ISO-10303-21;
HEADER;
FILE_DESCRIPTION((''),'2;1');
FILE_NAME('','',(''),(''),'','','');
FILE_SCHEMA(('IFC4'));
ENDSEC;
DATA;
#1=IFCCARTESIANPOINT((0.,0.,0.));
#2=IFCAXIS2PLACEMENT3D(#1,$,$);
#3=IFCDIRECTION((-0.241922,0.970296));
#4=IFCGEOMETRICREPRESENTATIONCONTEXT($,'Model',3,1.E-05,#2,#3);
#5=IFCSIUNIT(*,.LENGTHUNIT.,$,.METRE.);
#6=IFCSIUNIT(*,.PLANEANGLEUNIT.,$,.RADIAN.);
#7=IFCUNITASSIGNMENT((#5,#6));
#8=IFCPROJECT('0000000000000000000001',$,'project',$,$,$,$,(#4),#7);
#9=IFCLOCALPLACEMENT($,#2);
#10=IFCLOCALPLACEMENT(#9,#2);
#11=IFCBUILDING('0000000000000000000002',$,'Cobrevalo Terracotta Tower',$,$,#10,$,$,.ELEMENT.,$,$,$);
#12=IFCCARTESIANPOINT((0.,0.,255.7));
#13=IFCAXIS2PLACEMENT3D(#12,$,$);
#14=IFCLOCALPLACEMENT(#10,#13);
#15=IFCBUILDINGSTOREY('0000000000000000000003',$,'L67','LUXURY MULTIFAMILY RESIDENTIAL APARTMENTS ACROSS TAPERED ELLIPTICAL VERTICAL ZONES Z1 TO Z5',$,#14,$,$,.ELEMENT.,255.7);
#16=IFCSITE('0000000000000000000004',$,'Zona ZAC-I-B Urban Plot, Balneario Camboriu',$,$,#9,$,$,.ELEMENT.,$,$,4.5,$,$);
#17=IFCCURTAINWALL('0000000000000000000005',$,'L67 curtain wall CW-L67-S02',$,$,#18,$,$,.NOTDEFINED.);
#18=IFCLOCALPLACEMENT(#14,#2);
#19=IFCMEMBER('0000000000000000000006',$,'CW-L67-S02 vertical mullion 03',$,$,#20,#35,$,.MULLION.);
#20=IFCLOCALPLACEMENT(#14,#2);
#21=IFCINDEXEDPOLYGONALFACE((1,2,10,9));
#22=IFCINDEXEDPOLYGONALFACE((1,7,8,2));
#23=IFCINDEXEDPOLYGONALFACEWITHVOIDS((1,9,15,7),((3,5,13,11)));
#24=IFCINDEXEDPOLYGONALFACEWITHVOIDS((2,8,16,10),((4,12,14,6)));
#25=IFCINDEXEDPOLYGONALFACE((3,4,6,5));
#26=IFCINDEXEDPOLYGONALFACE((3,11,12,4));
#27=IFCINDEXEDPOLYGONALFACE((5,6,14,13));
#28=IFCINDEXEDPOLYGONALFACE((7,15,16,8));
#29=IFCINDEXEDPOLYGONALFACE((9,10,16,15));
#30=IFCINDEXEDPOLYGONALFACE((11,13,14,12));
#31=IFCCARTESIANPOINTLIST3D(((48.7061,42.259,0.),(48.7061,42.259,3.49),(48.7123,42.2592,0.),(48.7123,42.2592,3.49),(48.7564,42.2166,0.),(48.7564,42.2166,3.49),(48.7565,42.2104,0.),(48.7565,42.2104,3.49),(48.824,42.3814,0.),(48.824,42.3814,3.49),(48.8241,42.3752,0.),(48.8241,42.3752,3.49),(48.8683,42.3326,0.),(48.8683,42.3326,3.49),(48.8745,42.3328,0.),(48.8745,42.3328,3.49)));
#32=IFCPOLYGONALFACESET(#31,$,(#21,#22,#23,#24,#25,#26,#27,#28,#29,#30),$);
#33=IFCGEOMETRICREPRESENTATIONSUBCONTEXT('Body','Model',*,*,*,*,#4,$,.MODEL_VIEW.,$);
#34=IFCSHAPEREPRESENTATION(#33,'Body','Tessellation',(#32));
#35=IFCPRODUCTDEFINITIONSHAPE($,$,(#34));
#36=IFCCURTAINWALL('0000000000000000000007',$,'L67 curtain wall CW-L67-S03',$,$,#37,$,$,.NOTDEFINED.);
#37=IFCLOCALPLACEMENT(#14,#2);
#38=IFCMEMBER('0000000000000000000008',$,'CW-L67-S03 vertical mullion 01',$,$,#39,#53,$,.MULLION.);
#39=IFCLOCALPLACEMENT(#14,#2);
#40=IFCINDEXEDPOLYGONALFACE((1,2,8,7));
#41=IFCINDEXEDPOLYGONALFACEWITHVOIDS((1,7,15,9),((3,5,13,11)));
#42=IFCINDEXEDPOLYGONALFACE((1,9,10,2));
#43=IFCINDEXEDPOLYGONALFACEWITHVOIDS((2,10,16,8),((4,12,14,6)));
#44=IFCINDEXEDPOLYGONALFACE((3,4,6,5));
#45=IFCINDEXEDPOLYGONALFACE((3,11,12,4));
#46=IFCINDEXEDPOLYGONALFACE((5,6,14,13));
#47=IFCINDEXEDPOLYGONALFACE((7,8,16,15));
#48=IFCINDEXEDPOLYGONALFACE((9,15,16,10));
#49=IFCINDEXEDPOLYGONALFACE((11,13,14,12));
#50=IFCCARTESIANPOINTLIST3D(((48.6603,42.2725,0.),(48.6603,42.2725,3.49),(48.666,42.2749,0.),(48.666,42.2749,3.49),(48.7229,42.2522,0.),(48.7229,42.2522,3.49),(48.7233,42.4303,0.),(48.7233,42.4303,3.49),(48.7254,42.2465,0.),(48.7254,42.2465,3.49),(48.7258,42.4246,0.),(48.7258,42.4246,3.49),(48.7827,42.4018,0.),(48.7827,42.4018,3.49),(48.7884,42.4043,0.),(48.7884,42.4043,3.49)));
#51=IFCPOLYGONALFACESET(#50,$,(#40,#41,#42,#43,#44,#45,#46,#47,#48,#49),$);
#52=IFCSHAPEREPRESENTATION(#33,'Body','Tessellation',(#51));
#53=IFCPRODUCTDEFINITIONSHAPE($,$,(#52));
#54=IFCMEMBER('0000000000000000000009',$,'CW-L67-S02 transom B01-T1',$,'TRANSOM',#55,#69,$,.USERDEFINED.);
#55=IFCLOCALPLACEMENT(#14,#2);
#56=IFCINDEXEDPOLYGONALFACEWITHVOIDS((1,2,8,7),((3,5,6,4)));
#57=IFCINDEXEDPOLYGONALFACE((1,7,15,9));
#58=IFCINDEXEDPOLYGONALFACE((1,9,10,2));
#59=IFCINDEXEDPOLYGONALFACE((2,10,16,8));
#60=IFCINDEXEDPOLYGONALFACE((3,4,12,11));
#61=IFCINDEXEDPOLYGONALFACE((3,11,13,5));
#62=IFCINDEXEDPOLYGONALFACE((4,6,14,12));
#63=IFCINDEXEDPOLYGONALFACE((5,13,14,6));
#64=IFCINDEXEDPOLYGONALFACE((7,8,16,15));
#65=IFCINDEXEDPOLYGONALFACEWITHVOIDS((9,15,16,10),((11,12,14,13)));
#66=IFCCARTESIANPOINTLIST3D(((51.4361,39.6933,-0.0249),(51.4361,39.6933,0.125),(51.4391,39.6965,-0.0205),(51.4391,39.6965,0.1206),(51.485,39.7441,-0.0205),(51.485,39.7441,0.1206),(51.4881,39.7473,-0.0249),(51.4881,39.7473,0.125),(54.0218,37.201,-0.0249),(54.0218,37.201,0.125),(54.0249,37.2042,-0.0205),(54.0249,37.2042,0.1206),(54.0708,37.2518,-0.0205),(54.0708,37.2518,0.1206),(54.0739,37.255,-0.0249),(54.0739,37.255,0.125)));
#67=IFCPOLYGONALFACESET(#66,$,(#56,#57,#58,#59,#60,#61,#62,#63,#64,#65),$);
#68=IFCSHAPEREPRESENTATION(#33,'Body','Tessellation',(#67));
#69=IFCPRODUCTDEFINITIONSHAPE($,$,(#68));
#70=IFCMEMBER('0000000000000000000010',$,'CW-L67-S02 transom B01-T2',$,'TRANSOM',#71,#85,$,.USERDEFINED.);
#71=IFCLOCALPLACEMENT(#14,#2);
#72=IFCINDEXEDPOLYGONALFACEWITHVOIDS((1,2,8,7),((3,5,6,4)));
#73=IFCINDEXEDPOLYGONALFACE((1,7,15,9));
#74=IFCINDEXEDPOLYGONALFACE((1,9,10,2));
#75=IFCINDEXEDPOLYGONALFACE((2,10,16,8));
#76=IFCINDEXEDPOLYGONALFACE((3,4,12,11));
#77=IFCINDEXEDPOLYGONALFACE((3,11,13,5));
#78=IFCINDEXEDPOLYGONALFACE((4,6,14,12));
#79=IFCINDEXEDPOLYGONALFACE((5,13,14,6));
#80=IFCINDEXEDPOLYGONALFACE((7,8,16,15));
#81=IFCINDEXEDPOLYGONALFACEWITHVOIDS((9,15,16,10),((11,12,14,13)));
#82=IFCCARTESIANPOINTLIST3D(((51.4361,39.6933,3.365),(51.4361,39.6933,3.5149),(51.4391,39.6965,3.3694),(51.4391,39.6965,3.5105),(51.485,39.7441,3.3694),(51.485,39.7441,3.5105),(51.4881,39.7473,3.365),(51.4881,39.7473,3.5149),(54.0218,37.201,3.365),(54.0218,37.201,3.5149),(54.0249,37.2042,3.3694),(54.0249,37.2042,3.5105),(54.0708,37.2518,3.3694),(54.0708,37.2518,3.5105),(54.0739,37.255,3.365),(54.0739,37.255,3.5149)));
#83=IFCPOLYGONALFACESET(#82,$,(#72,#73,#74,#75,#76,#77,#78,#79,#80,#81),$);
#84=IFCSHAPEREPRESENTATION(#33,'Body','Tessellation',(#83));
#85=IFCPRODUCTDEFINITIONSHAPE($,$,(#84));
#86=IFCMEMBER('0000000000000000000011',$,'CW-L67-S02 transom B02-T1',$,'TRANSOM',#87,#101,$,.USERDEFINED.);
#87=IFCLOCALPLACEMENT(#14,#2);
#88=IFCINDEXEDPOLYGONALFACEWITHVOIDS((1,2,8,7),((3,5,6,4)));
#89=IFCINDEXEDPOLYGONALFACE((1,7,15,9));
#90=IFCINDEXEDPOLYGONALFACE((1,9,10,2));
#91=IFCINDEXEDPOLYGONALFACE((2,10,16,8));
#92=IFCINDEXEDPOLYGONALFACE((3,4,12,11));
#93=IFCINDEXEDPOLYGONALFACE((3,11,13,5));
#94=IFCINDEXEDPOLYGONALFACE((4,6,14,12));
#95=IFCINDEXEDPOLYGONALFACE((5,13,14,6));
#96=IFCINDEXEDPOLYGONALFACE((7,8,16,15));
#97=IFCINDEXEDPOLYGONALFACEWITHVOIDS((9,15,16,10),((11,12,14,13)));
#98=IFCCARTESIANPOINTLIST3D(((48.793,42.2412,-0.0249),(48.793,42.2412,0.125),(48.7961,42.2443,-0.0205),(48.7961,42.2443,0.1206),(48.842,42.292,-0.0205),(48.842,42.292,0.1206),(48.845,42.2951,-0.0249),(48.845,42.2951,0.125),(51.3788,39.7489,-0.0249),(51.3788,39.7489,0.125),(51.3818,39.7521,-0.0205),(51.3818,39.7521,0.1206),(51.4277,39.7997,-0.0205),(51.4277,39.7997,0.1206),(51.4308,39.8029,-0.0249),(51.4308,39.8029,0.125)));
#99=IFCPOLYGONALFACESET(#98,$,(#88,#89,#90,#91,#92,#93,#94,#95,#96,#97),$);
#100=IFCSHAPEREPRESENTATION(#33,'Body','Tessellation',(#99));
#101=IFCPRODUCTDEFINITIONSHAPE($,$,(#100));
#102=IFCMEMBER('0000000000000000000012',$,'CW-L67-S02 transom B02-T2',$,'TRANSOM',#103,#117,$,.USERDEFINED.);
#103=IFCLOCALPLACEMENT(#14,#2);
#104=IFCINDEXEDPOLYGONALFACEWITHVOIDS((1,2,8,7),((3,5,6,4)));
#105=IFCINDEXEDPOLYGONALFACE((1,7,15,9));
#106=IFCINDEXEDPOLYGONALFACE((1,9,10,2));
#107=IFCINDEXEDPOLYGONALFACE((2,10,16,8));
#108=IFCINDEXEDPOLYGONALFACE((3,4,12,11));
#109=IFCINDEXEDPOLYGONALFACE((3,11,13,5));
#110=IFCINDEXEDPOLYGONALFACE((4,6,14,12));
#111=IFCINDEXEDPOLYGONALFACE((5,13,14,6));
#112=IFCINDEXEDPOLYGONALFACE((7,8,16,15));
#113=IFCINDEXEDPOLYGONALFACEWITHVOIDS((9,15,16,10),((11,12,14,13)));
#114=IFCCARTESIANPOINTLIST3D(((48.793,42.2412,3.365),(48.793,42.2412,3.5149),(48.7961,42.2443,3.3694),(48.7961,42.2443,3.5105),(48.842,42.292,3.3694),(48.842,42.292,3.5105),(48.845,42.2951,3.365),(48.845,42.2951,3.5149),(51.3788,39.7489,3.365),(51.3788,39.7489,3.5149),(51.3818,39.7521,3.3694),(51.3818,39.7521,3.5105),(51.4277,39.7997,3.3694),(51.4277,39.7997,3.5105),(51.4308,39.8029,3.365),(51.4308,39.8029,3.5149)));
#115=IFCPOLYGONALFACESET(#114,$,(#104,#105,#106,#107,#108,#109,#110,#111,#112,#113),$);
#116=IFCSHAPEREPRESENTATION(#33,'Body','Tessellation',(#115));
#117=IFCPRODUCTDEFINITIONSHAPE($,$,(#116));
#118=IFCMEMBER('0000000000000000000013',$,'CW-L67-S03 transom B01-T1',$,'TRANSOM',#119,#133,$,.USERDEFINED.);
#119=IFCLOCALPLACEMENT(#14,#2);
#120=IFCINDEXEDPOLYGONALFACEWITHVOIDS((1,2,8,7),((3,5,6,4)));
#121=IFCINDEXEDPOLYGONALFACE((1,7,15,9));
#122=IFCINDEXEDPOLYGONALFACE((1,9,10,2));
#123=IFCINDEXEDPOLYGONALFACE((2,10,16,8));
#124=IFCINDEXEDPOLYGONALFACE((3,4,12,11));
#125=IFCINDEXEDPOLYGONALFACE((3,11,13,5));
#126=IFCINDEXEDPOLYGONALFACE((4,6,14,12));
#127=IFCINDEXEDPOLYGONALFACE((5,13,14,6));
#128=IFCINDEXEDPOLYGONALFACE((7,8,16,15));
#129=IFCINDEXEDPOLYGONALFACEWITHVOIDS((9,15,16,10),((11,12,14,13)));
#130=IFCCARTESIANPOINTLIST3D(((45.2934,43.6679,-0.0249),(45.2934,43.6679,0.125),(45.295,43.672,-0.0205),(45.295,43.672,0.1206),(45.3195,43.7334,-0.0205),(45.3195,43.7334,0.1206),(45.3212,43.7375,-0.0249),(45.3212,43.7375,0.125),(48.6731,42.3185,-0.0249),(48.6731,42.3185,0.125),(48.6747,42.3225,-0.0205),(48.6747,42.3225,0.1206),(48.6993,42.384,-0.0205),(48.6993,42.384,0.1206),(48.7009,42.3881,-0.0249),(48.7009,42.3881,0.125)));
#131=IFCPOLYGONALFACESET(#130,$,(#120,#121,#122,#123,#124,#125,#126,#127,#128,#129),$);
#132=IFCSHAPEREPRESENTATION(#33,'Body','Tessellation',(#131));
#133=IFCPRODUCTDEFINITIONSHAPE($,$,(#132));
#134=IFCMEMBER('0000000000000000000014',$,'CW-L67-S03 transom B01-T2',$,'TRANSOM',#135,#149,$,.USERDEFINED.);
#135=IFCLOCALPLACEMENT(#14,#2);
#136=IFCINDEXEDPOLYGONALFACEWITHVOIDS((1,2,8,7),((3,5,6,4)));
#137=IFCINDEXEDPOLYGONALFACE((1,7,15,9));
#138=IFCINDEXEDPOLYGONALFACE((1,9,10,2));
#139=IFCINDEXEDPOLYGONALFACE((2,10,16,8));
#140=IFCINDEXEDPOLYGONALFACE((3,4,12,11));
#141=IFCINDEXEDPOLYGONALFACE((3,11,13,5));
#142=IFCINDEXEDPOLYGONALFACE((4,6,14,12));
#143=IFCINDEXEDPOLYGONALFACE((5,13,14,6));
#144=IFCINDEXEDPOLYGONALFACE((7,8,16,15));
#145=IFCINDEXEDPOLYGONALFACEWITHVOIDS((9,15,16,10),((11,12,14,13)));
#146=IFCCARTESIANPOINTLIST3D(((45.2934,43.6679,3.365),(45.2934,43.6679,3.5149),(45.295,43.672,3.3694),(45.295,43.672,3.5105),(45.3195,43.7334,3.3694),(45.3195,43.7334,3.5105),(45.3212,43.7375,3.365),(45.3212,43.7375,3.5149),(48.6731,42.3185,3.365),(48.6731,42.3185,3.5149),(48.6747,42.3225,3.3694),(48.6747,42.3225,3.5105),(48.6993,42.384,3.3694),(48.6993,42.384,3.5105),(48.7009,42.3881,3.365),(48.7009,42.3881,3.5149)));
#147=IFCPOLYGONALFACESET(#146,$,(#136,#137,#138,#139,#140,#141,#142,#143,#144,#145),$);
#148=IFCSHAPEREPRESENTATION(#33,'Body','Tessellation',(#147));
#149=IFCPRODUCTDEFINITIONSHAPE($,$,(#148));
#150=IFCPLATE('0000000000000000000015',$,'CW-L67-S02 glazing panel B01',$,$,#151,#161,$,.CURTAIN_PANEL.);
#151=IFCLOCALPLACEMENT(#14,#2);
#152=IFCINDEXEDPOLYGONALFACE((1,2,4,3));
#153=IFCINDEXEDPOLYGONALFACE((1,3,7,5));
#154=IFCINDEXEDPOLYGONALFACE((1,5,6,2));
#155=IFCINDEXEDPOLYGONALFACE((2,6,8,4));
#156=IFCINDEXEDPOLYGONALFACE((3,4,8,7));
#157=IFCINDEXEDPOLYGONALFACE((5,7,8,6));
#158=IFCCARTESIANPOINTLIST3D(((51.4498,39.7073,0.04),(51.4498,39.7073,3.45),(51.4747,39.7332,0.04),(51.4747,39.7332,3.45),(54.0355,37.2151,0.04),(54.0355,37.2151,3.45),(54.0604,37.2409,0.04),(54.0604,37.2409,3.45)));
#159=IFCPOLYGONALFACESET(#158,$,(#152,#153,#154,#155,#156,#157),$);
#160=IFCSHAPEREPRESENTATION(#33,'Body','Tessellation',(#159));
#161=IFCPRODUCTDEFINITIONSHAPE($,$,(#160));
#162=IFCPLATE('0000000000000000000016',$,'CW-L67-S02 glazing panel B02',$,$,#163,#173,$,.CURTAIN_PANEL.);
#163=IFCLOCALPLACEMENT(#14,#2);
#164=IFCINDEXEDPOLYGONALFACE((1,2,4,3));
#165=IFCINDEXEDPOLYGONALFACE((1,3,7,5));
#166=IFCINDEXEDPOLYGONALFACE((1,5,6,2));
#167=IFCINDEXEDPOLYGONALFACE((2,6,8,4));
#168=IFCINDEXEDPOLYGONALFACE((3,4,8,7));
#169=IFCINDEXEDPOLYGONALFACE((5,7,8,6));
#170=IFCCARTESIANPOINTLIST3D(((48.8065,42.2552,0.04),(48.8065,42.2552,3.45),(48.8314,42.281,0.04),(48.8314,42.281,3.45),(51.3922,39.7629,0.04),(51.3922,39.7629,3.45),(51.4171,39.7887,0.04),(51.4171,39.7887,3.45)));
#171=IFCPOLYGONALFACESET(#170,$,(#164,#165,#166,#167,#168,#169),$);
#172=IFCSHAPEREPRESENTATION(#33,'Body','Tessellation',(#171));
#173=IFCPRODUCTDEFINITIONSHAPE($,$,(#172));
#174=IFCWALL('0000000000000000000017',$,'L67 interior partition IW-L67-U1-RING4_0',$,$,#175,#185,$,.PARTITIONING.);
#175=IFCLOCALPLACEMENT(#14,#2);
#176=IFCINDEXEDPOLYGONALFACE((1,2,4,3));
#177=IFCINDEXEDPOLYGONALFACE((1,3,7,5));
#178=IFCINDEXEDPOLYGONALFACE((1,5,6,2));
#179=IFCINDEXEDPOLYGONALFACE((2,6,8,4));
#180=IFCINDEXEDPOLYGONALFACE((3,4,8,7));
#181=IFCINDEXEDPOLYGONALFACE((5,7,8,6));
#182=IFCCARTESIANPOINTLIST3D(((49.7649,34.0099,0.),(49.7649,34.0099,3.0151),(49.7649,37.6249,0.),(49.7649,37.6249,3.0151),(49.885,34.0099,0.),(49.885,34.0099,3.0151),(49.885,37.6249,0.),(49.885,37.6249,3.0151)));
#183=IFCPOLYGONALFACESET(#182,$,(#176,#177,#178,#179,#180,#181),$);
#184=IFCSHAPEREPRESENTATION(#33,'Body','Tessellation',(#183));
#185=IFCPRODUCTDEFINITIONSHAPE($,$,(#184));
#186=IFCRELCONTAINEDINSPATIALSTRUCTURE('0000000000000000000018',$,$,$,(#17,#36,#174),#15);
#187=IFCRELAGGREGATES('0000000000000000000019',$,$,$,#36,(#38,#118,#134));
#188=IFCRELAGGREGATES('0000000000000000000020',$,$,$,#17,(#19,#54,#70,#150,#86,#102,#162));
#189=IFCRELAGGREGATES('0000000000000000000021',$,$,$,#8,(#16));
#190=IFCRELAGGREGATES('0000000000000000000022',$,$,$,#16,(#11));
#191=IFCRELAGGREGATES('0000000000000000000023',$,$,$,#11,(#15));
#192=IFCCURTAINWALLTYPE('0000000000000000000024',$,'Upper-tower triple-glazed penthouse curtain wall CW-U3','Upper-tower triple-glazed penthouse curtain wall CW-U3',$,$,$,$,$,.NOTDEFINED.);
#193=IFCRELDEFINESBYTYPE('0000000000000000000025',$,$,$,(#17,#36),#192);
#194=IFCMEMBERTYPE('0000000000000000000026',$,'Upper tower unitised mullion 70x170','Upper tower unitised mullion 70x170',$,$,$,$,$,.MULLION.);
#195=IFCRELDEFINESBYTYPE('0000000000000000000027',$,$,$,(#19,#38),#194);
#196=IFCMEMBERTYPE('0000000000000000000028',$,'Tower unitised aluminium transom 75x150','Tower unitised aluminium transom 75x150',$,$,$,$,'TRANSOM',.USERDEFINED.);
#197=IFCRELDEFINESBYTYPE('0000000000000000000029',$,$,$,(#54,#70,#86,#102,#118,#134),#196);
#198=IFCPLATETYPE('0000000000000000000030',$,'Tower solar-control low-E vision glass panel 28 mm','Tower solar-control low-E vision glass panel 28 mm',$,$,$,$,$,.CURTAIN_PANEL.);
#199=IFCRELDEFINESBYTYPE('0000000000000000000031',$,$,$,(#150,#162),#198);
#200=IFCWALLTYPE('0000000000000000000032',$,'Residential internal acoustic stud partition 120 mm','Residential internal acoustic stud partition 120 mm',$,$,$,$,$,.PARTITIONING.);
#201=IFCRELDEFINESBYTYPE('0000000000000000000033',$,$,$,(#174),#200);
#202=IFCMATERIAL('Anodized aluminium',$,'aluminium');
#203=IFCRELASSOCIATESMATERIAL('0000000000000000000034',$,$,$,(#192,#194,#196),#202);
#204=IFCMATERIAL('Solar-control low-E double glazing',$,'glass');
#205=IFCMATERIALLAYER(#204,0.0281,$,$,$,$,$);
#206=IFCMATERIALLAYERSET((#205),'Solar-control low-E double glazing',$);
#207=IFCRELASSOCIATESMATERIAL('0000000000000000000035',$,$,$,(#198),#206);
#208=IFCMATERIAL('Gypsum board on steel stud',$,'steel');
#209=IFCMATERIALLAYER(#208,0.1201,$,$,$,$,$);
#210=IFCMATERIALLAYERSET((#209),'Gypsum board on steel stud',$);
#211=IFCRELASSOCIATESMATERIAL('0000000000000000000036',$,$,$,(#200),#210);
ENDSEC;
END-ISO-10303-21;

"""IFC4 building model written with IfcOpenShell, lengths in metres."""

from ifc_helpers import new_model, si_unit, direction, frame, frame_2d, origin, origin_2d, place, context, subcontext, project, spatial, rectangle, hollow_rectangle, extrude, source, transform, mapped, material, layer, layer_set, material_profile, profile_set, type_object, element, aggregate, save


model = new_model("IFC4")

# Units and contexts
model_context = context("Model", 3, precision=1e-05, world=origin(), true_north=direction((-0.241922, 0.970296)))
body_context = subcontext(model_context, "Body", "Model", "MODEL_VIEW")
ifc_project = project(units=[si_unit("LENGTHUNIT", "METRE"), si_unit("PLANEANGLEUNIT", "RADIAN")], contexts=[model_context])

# Site, building, storey
site_placement = place(None, origin())
site = spatial("IfcSite", under=ifc_project, at=site_placement, Name="Zona ZAC-I-B Urban Plot, Balneario Camboriu", CompositionType="ELEMENT", RefElevation=4.5)
building_placement = place(site_placement, origin())
building = spatial("IfcBuilding", under=site, at=building_placement, Name="Cobrevalo Terracotta Tower", CompositionType="ELEMENT")
storey_placement = place(building_placement, frame((0.0, 0.0, 255.7)))
storey = spatial("IfcBuildingStorey", under=building, at=storey_placement, Name="L67", Description="LUXURY MULTIFAMILY RESIDENTIAL APARTMENTS ACROSS TAPERED ELLIPTICAL VERTICAL ZONES Z1 TO Z5", CompositionType="ELEMENT", Elevation=255.7)

# Curtain wall, member
ifc_material_1 = material(Name="Anodized aluminium", Category="aluminium")
curtain_wall_type = type_object("IfcCurtainWallType", Name="Upper-tower triple-glazed penthouse curtain wall CW-U3", Description="Upper-tower triple-glazed penthouse curtain wall CW-U3", PredefinedType="NOTDEFINED", material=ifc_material_1)
curtain_wall_1_placement = place(storey_placement, origin())
curtain_wall_1 = element("IfcCurtainWall", 1, at=curtain_wall_1_placement, inside=storey, type_object=curtain_wall_type, Name="L67 curtain wall CW-L67-S02", PredefinedType="NOTDEFINED")
ifc_material_profile_1 = material_profile(ifc_material_1, hollow_rectangle(XDim=0.0701, YDim=0.1699, WallThickness=0.0044, at=origin_2d()), Name="CWM 70x170")
ifc_profile_set_1 = profile_set([ifc_material_profile_1], Name="Anodized aluminium")
member_type_1 = type_object("IfcMemberType", Name="Upper tower unitised mullion 70x170", Description="Upper tower unitised mullion 70x170", PredefinedType="MULLION", material=ifc_profile_set_1)
shared_shape_1 = source(origin(), body_context, "Body", "SweptSolid", [
    extrude(hollow_rectangle(XDim=0.0701, YDim=0.1699, WallThickness=0.0044, at=origin_2d()), origin(), (0.0, 0.0, 1.0), 3.49),
])
member_1_placement = place(storey_placement, frame((48.7903, 42.2959, 0.0), z_axis=(0.0, 0.0, 1.0), x_axis=(-0.719994, 0.69398, 0.0)))
member_1 = element("IfcMember", 2, at=member_1_placement, type_object=member_type_1, Name="CW-L67-S02 vertical mullion 03", PredefinedType="MULLION", context=body_context, shape_type="MappedRepresentation", body=[
    mapped(shared_shape_1, transform((0.0, 0.0, 0.0), scale=1.0)),
])

# Curtain wall, member
curtain_wall_2_placement = place(storey_placement, origin())
curtain_wall_2 = element("IfcCurtainWall", 3, at=curtain_wall_2_placement, inside=storey, type_object=curtain_wall_type, Name="L67 curtain wall CW-L67-S03", PredefinedType="NOTDEFINED")
member_2_placement = place(storey_placement, frame((48.7244, 42.3384, 0.0), z_axis=(0.0, 0.0, 1.0), x_axis=(-0.928719, 0.370784, 0.0)))
member_2 = element("IfcMember", 4, at=member_2_placement, type_object=member_type_1, Name="CW-L67-S03 vertical mullion 01", PredefinedType="MULLION", context=body_context, shape_type="MappedRepresentation", body=[
    mapped(shared_shape_1, transform((0.0, 0.0, 0.0), scale=1.0)),
])

# Members
ifc_material_profile_2 = material_profile(ifc_material_1, hollow_rectangle(XDim=0.075, YDim=0.1499, WallThickness=0.0044, at=origin_2d()), Name="CWT 75x150")
ifc_profile_set_2 = profile_set([ifc_material_profile_2], Name="Anodized aluminium")
member_type_2 = type_object("IfcMemberType", Name="Tower unitised aluminium transom 75x150", Description="Tower unitised aluminium transom 75x150", ElementType="TRANSOM", PredefinedType="USERDEFINED", material=ifc_profile_set_2)
shared_shape_2 = source(origin(), body_context, "Body", "SweptSolid", [
    extrude(hollow_rectangle(XDim=0.075, YDim=0.1499, WallThickness=0.0044, at=origin_2d()), origin(), (0.0, 0.0, 1.0), 3.5913),
])
member_3_placement = place(storey_placement, frame((54.0479, 37.228, 0.05), z_axis=(-0.720006, 0.693968, 0.0), x_axis=(-0.693968, -0.720006, 0.0)))
member_3 = element("IfcMember", 5, at=member_3_placement, type_object=member_type_2, Name="CW-L67-S02 transom B01-T1", ObjectType="TRANSOM", PredefinedType="USERDEFINED", context=body_context, shape_type="MappedRepresentation", body=[
    mapped(shared_shape_2, transform((0.0, 0.0, 0.0), scale=1.0)),
])
member_4_placement = place(storey_placement, frame((54.0479, 37.228, 3.4399), z_axis=(-0.720006, 0.693968, 0.0), x_axis=(-0.693968, -0.720006, 0.0)))
member_4 = element("IfcMember", 6, at=member_4_placement, type_object=member_type_2, Name="CW-L67-S02 transom B01-T2", ObjectType="TRANSOM", PredefinedType="USERDEFINED", context=body_context, shape_type="MappedRepresentation", body=[
    mapped(shared_shape_2, transform((0.0, 0.0, 0.0), scale=1.0)),
])
member_5_placement = place(storey_placement, frame((51.4048, 39.7759, 0.05), z_axis=(-0.720006, 0.693968, 0.0), x_axis=(-0.693968, -0.720006, 0.0)))
member_5 = element("IfcMember", 7, at=member_5_placement, type_object=member_type_2, Name="CW-L67-S02 transom B02-T1", ObjectType="TRANSOM", PredefinedType="USERDEFINED", context=body_context, shape_type="MappedRepresentation", body=[
    mapped(shared_shape_2, transform((0.0, 0.0, 0.0), scale=1.0)),
])
member_6_placement = place(storey_placement, frame((51.4048, 39.7759, 3.4399), z_axis=(-0.720006, 0.693968, 0.0), x_axis=(-0.693968, -0.720006, 0.0)))
member_6 = element("IfcMember", 8, at=member_6_placement, type_object=member_type_2, Name="CW-L67-S02 transom B02-T2", ObjectType="TRANSOM", PredefinedType="USERDEFINED", context=body_context, shape_type="MappedRepresentation", body=[
    mapped(shared_shape_2, transform((0.0, 0.0, 0.0), scale=1.0)),
])
shared_shape_3 = source(origin(), body_context, "Body", "SweptSolid", [
    extrude(hollow_rectangle(XDim=0.075, YDim=0.1499, WallThickness=0.0044, at=origin_2d()), origin(), (0.0, 0.0, 1.0), 3.6392),
])
member_7_placement = place(storey_placement, frame((48.687, 42.3533, 0.05), z_axis=(-0.928712, 0.370801, 0.0), x_axis=(-0.370801, -0.928712, 0.0)))
member_7 = element("IfcMember", 9, at=member_7_placement, type_object=member_type_2, Name="CW-L67-S03 transom B01-T1", ObjectType="TRANSOM", PredefinedType="USERDEFINED", context=body_context, shape_type="MappedRepresentation", body=[
    mapped(shared_shape_3, transform((0.0, 0.0, 0.0), scale=1.0)),
])
member_8_placement = place(storey_placement, frame((48.687, 42.3533, 3.4399), z_axis=(-0.928712, 0.370801, 0.0), x_axis=(-0.370801, -0.928712, 0.0)))
member_8 = element("IfcMember", 10, at=member_8_placement, type_object=member_type_2, Name="CW-L67-S03 transom B01-T2", ObjectType="TRANSOM", PredefinedType="USERDEFINED", context=body_context, shape_type="MappedRepresentation", body=[
    mapped(shared_shape_3, transform((0.0, 0.0, 0.0), scale=1.0)),
])
aggregate(curtain_wall_2, [member_2, member_7, member_8])

# Plates
ifc_material_2 = material(Name="Solar-control low-E double glazing", Category="glass")
ifc_layer_1 = layer(ifc_material_2, 0.0281)
ifc_layer_set_1 = layer_set([ifc_layer_1], Name="Solar-control low-E double glazing")
plate_type = type_object("IfcPlateType", Name="Tower solar-control low-E vision glass panel 28 mm", Description="Tower solar-control low-E vision glass panel 28 mm", PredefinedType="CURTAIN_PANEL", material=ifc_layer_set_1)
shared_shape_4 = source(origin(), body_context, "Body", "SweptSolid", [
    extrude(rectangle(XDim=3.5913, YDim=0.0359, at=origin_2d()), origin(), (0.0, 0.0, 1.0), 3.4099),
])
plate_1_placement = place(storey_placement, frame((52.7551, 38.4741, 0.04), z_axis=(0.0, 0.0, 1.0), x_axis=(-0.719997, 0.693978, 0.0)))
plate_1 = element("IfcPlate", 11, at=plate_1_placement, type_object=plate_type, Name="CW-L67-S02 glazing panel B01", PredefinedType="CURTAIN_PANEL", context=body_context, shape_type="MappedRepresentation", body=[
    mapped(shared_shape_4, transform((0.0, 0.0, 0.0), scale=1.0)),
])
plate_2_placement = place(storey_placement, frame((50.1118, 41.022, 0.04), z_axis=(0.0, 0.0, 1.0), x_axis=(-0.719997, 0.693978, 0.0)))
plate_2 = element("IfcPlate", 12, at=plate_2_placement, type_object=plate_type, Name="CW-L67-S02 glazing panel B02", PredefinedType="CURTAIN_PANEL", context=body_context, shape_type="MappedRepresentation", body=[
    mapped(shared_shape_4, transform((0.0, 0.0, 0.0), scale=1.0)),
])
aggregate(curtain_wall_1, [member_1, member_3, member_4, plate_1, member_5, member_6, plate_2])

# Wall
ifc_material_3 = material(Name="Gypsum board on steel stud", Category="steel")
ifc_layer_2 = layer(ifc_material_3, 0.1201)
ifc_layer_set_2 = layer_set([ifc_layer_2], Name="Gypsum board on steel stud")
wall_type = type_object("IfcWallType", Name="Residential internal acoustic stud partition 120 mm", Description="Residential internal acoustic stud partition 120 mm", PredefinedType="PARTITIONING", material=ifc_layer_set_2)
wall_1_placement = place(storey_placement, frame((49.825, 37.625, 0.0), z_axis=(0.0, 0.0, 1.0), x_axis=(0.0, -1.0, 0.0)))
element("IfcWall", 13, at=wall_1_placement, inside=storey, type_object=wall_type, Name="L67 interior partition IW-L67-U1-RING4_0", PredefinedType="PARTITIONING", context=body_context, shape_type="SweptSolid", body=[
    extrude(rectangle(XDim=3.615, YDim=0.1201, at=frame_2d((1.8076, 0.0))), origin(), (0.0, 0.0, 1.0), 3.0151),
])

save(model, "model.ifc")
